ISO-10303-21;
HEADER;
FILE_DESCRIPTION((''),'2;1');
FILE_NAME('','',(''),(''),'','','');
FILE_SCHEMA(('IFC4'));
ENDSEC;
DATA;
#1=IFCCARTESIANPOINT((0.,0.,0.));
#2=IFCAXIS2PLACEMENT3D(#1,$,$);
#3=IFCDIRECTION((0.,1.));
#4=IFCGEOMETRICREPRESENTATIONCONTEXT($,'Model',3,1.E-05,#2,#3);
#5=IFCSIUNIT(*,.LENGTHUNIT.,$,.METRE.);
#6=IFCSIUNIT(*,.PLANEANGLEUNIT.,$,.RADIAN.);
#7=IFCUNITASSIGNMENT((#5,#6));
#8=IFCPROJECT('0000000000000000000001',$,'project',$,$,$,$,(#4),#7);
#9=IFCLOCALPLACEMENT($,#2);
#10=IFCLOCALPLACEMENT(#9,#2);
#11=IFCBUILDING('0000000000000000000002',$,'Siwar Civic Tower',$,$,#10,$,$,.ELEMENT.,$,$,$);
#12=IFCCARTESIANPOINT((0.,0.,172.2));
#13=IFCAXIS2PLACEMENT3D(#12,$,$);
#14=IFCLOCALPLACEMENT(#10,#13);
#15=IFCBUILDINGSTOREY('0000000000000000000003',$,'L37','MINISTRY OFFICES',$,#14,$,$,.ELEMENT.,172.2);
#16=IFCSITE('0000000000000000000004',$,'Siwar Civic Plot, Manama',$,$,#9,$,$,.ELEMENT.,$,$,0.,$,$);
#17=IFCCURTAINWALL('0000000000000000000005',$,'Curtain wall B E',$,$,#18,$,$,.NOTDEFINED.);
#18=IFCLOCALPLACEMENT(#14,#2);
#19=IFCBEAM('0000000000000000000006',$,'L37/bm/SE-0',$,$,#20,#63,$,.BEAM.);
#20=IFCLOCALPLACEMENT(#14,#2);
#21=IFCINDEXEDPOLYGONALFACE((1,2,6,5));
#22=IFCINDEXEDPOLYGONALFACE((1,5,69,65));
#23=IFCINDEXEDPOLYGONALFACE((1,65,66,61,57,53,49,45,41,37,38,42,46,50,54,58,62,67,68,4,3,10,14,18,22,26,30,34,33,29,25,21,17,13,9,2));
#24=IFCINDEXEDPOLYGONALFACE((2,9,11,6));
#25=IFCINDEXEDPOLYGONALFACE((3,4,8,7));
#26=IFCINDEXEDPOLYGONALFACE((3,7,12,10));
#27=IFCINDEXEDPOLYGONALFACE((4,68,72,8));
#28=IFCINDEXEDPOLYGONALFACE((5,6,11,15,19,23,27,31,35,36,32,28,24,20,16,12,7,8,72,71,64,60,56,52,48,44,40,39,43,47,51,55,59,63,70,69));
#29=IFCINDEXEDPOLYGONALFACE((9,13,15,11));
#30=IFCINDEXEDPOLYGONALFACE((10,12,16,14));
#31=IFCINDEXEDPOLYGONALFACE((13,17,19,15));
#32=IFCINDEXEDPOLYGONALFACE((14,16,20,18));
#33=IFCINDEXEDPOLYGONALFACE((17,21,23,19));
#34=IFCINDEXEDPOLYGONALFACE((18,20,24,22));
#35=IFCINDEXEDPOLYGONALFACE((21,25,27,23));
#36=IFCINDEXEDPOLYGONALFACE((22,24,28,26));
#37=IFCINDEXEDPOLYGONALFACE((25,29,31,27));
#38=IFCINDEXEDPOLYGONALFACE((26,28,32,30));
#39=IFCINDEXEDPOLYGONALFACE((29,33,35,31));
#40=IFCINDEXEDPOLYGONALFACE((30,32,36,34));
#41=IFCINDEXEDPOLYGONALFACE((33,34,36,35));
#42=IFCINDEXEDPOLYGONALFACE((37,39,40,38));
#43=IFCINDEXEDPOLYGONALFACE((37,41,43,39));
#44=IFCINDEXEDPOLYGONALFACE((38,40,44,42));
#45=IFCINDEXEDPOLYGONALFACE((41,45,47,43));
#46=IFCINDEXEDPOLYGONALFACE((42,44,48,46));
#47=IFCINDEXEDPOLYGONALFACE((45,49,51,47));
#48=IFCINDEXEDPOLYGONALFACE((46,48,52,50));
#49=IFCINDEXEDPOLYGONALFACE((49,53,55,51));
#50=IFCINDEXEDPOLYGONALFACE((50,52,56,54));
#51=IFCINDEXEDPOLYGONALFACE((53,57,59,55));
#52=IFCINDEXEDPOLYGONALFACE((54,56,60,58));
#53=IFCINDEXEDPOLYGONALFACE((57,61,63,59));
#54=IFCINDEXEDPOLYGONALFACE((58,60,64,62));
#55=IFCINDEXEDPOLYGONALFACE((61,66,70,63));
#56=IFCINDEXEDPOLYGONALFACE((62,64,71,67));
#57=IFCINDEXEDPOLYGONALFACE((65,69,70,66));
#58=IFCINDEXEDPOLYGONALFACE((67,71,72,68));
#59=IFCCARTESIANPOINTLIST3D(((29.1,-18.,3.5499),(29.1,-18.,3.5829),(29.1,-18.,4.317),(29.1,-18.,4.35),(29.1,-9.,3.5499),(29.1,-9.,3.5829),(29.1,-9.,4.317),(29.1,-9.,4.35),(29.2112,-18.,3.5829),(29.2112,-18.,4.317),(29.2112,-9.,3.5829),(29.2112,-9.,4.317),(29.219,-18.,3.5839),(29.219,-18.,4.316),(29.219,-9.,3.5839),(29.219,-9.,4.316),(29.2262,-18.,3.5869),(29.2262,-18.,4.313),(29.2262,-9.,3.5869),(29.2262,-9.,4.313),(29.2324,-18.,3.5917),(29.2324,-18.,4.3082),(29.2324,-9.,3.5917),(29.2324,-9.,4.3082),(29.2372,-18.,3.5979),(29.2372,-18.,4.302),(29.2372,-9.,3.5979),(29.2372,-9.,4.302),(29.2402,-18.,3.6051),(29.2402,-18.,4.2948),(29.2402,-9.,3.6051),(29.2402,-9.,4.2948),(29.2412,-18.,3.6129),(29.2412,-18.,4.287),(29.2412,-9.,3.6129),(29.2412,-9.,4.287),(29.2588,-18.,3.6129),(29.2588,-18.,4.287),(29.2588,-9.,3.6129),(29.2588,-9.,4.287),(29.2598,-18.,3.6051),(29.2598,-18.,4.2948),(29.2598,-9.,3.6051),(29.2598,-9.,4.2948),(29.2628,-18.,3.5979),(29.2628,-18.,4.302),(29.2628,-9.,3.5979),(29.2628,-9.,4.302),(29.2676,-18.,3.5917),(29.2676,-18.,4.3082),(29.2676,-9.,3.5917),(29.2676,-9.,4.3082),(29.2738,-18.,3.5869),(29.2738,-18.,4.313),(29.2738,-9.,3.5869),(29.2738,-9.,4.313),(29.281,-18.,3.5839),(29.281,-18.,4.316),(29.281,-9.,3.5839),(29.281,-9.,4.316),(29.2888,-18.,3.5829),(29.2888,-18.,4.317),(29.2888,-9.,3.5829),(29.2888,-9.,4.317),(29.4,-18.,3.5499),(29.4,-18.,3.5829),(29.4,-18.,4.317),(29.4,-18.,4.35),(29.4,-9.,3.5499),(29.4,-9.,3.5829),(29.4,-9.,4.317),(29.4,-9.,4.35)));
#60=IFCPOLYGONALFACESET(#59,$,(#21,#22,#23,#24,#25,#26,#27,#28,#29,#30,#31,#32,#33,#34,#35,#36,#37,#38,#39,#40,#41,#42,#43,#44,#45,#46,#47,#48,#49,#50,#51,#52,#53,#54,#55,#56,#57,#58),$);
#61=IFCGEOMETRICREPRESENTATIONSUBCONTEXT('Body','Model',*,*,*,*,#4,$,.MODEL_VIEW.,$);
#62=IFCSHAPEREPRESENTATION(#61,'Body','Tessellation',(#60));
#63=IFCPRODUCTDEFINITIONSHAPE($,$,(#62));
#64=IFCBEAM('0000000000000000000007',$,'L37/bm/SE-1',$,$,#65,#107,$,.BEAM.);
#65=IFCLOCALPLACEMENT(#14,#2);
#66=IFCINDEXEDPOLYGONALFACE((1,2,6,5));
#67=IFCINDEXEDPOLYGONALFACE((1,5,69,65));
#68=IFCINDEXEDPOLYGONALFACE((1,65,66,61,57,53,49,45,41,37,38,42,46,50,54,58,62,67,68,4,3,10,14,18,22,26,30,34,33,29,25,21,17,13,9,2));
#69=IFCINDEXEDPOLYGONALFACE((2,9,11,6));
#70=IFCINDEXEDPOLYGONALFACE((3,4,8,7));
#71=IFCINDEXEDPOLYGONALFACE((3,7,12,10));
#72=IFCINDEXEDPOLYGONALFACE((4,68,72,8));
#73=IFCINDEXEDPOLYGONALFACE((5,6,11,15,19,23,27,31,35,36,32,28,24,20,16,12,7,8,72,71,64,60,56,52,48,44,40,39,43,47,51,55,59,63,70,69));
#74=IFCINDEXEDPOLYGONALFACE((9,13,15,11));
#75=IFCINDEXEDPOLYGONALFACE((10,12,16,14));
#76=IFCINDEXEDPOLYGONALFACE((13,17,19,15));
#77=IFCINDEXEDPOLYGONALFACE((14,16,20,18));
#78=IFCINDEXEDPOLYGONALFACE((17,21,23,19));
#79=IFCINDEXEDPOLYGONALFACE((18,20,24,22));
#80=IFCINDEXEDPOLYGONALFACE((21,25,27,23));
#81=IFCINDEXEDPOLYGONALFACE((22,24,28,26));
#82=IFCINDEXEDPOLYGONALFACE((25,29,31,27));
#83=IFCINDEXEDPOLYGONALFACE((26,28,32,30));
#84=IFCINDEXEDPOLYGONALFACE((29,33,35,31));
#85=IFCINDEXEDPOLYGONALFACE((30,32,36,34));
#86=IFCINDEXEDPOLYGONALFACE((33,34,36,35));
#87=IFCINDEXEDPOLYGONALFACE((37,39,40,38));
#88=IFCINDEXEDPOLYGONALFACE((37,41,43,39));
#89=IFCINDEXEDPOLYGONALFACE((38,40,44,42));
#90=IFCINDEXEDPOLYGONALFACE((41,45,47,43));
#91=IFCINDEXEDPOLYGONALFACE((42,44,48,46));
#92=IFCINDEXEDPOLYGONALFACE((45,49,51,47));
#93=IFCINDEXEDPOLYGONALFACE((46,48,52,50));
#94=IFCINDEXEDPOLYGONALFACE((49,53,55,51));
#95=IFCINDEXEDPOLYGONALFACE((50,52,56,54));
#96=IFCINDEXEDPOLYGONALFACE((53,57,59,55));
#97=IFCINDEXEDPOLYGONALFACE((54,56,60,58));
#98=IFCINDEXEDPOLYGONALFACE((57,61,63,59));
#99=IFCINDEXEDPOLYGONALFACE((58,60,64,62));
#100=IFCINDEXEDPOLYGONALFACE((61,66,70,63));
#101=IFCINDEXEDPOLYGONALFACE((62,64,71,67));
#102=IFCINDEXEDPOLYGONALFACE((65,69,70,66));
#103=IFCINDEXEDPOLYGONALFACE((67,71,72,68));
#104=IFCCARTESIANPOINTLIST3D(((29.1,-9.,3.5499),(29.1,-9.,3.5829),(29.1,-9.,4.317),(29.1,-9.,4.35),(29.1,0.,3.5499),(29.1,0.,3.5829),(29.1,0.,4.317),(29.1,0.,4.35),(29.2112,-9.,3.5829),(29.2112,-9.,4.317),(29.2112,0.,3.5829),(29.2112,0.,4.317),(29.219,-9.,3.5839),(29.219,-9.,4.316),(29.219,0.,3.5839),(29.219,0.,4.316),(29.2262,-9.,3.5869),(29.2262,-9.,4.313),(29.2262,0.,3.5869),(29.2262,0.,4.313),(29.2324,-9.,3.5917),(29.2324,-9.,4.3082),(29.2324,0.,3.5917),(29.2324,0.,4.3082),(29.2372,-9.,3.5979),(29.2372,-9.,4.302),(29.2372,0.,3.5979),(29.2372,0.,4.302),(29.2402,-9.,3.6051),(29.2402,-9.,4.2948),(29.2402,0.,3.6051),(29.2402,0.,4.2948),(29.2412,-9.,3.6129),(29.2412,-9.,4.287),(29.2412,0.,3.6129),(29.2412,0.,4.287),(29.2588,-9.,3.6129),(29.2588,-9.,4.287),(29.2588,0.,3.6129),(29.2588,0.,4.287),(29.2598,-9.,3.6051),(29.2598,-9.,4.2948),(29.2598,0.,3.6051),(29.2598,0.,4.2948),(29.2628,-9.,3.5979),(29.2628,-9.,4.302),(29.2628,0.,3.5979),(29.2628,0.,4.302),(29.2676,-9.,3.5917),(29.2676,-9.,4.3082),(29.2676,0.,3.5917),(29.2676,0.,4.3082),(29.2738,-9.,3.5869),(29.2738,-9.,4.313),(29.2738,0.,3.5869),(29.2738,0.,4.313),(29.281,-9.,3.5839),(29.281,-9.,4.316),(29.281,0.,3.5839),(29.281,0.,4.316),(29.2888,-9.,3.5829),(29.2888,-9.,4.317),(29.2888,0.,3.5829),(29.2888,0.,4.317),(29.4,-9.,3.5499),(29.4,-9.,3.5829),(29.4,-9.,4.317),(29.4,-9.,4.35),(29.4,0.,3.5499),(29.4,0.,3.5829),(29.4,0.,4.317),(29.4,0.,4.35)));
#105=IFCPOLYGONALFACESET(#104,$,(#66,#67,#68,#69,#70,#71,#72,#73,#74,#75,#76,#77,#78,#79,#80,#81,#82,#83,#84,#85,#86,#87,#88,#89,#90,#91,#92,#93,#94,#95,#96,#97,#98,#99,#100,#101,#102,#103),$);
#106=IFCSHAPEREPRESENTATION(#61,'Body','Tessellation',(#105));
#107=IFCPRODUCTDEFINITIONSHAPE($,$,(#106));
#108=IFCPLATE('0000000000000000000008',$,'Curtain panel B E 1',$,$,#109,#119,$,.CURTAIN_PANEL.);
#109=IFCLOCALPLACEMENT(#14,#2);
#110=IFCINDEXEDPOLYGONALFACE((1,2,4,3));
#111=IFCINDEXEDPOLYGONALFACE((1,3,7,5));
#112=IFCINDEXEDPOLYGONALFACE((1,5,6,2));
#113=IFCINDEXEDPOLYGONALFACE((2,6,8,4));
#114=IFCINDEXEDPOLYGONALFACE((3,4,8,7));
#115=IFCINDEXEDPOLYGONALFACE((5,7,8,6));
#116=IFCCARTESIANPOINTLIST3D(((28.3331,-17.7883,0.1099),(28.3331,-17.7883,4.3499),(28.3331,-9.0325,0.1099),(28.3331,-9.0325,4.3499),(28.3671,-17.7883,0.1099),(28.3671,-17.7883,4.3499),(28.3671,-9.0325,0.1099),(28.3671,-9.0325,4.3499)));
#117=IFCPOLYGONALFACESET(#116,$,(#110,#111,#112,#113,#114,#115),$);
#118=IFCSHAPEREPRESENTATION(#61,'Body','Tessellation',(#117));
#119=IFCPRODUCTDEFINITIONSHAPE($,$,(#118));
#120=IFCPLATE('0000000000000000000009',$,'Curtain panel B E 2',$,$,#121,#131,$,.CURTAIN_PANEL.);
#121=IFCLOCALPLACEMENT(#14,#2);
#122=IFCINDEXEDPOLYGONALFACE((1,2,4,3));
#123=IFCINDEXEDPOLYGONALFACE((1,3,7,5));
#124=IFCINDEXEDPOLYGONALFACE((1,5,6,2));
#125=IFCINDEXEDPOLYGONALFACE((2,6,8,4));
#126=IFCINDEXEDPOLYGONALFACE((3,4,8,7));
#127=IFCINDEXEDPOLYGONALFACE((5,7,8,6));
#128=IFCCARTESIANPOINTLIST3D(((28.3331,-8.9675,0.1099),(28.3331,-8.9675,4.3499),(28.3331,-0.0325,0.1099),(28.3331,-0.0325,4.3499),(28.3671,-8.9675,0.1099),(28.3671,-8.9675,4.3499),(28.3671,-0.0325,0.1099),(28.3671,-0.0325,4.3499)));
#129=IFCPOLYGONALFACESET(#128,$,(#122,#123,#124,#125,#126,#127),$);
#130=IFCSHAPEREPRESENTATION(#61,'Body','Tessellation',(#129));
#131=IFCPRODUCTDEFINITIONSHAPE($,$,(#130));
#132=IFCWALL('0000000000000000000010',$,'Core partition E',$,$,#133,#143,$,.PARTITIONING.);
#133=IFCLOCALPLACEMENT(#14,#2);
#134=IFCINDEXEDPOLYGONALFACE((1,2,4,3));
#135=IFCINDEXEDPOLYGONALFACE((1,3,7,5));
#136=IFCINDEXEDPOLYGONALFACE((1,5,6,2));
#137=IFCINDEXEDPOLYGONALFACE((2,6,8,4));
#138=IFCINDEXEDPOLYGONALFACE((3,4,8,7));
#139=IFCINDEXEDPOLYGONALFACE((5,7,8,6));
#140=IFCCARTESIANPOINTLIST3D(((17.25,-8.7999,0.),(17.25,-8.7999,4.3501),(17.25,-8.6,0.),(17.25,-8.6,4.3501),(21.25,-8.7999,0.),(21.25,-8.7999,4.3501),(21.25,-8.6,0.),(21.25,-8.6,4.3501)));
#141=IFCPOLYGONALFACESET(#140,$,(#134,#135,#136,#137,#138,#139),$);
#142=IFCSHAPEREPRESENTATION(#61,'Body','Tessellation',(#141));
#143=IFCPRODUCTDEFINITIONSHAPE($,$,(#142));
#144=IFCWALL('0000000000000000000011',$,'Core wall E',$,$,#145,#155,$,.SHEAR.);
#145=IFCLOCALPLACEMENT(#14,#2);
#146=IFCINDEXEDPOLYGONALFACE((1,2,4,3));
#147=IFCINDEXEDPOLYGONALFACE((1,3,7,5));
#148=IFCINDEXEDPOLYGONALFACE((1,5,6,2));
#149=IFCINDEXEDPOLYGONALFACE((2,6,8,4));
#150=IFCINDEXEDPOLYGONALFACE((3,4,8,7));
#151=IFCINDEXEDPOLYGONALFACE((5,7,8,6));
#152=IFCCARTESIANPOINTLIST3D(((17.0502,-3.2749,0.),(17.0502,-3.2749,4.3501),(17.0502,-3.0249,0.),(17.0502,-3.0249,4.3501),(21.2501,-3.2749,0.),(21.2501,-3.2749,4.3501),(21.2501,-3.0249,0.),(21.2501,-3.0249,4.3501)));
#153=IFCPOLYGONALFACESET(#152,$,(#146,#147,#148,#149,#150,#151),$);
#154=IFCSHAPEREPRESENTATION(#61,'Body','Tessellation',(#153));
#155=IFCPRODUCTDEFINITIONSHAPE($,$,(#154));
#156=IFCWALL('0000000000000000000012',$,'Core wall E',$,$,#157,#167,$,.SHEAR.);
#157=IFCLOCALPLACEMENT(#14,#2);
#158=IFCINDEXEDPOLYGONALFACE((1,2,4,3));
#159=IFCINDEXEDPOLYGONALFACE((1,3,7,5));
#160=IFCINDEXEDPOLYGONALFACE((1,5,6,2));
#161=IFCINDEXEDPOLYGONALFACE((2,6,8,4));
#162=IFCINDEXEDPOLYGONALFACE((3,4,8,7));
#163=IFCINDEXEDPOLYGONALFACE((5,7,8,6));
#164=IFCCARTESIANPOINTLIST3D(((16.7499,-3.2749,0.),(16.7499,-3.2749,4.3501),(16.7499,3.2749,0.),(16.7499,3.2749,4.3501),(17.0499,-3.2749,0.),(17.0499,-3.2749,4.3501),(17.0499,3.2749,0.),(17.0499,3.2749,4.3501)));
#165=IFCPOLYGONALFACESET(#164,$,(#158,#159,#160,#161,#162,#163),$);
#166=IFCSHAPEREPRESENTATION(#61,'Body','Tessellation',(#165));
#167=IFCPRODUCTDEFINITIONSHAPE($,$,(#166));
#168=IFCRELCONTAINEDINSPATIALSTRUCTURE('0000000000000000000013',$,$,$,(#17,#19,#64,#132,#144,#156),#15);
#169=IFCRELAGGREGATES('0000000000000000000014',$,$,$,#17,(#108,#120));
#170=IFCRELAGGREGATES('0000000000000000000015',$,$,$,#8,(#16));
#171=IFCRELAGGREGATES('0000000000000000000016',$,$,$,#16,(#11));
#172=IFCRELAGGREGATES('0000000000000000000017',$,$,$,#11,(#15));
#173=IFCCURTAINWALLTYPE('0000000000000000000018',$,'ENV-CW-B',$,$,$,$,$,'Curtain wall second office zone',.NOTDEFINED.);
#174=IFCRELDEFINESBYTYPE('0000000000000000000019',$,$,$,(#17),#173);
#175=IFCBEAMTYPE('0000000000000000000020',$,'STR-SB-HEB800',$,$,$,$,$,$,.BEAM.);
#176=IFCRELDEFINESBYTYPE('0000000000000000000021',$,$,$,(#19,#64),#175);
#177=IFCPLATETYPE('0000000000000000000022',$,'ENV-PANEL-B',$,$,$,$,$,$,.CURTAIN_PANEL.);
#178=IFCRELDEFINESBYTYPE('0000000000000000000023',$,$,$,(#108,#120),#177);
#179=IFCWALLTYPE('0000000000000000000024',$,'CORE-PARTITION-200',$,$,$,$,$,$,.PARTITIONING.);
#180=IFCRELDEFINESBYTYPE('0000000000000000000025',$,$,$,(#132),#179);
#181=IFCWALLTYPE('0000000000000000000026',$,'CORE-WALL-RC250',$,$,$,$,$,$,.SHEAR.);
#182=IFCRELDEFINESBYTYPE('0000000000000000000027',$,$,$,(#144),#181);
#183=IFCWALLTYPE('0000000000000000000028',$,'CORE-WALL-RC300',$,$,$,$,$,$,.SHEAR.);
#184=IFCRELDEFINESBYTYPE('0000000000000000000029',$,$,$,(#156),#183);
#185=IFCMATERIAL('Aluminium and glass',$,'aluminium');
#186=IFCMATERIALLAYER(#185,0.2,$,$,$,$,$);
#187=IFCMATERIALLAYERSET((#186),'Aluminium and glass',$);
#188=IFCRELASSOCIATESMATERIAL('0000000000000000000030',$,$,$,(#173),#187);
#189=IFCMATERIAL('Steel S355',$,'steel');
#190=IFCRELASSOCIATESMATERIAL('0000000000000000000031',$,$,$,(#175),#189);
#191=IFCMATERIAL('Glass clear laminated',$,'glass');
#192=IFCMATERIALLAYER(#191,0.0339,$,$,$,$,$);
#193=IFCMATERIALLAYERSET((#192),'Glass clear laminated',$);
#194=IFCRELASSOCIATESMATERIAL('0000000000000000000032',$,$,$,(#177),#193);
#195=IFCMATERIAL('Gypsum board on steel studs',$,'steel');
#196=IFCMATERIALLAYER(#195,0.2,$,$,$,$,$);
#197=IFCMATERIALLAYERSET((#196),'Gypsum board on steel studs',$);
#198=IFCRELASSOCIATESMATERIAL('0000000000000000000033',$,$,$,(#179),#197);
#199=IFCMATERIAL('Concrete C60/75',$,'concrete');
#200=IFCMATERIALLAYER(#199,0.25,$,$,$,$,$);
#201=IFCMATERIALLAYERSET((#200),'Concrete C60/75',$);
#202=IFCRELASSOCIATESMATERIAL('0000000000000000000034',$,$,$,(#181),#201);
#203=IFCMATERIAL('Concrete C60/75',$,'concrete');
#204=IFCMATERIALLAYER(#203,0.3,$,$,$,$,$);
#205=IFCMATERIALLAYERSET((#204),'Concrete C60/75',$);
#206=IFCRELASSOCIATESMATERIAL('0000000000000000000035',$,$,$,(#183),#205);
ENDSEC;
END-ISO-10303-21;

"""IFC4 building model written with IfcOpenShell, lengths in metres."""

from ifc_helpers import new_model, si_unit, direction, frame, frame_2d, origin, origin_2d, place, context, subcontext, project, spatial, rectangle, i_section, extrude, material, layer, layer_set, material_profile, profile_set, type_object, element, aggregate, save


model = new_model("IFC4")

# Units and contexts
model_context = context("Model", 3, precision=1e-05, world=origin(), true_north=direction((0.0, 1.0)))
body_context = subcontext(model_context, "Body", "Model", "MODEL_VIEW")
ifc_project = project(units=[si_unit("LENGTHUNIT", "METRE"), si_unit("PLANEANGLEUNIT", "RADIAN")], contexts=[model_context])

# Site, building, storey
site_placement = place(None, origin())
site = spatial("IfcSite", under=ifc_project, at=site_placement, Name="Siwar Civic Plot, Manama", CompositionType="ELEMENT", RefElevation=0.0)
building_placement = place(site_placement, origin())
building = spatial("IfcBuilding", under=site, at=building_placement, Name="Siwar Civic Tower", CompositionType="ELEMENT")
storey_placement = place(building_placement, frame((0.0, 0.0, 172.2)))
storey = spatial("IfcBuildingStorey", under=building, at=storey_placement, Name="L37", Description="MINISTRY OFFICES", CompositionType="ELEMENT", Elevation=172.2)

# Curtain wall
ifc_material_1 = material(Name="Aluminium and glass", Category="aluminium")
ifc_layer_1 = layer(ifc_material_1, 0.2)
ifc_layer_set_1 = layer_set([ifc_layer_1], Name="Aluminium and glass")
curtain_wall_type = type_object("IfcCurtainWallType", Name="ENV-CW-B", ElementType="Curtain wall second office zone", PredefinedType="NOTDEFINED", material=ifc_layer_set_1)
curtain_wall_placement = place(storey_placement, origin())
curtain_wall = element("IfcCurtainWall", 1, at=curtain_wall_placement, inside=storey, type_object=curtain_wall_type, Name="Curtain wall B E", PredefinedType="NOTDEFINED")

# Beams
ifc_material_2 = material(Name="Steel S355", Category="steel")
ifc_material_profile_1 = material_profile(ifc_material_2, i_section(OverallWidth=0.3, OverallDepth=0.8, WebThickness=0.0176, FlangeThickness=0.033, FilletRadius=0.03, at=origin_2d()), Name="HEB800")
ifc_profile_set_1 = profile_set([ifc_material_profile_1], Name="Steel S355")
beam_type_1 = type_object("IfcBeamType", Name="STR-SB-HEB800", PredefinedType="BEAM", material=ifc_profile_set_1)
for number, where, z_axis, x_axis, name in (
    (2, (29.25, -18.0, 3.95), (0.0, 1.0, 0.0), (-1.0, 0.0, 0.0), "L37/bm/SE-0"),
    (3, (29.25, -9.0, 3.95), (0.0, 1.0, 0.0), (-1.0, 0.0, 0.0), "L37/bm/SE-1"),
):
    element("IfcBeam", number, at=place(storey_placement, frame(where, z_axis=z_axis, x_axis=x_axis)), inside=storey, type_object=beam_type_1, Name=name, PredefinedType="BEAM", context=body_context, shape_type="SweptSolid", body=[
        extrude(i_section(OverallWidth=0.3, OverallDepth=0.8, WebThickness=0.0176, FlangeThickness=0.033, FilletRadius=0.03, at=origin_2d()), origin(), (0.0, 0.0, 1.0), 9.0),
    ])

# Plates
ifc_material_3 = material(Name="Glass clear laminated", Category="glass")
ifc_layer_2 = layer(ifc_material_3, 0.0339)
ifc_layer_set_2 = layer_set([ifc_layer_2], Name="Glass clear laminated")
plate_type = type_object("IfcPlateType", Name="ENV-PANEL-B", PredefinedType="CURTAIN_PANEL", material=ifc_layer_set_2)
plate_1_placement = place(storey_placement, frame((28.3501, -13.4104, 0.1099), z_axis=(0.0, 0.0, 1.0), x_axis=(0.0, 1.0, 0.0)))
plate_1 = element("IfcPlate", 4, at=plate_1_placement, type_object=plate_type, Name="Curtain panel B E 1", PredefinedType="CURTAIN_PANEL", context=body_context, shape_type="SweptSolid", body=[
    extrude(rectangle(XDim=8.7559, YDim=0.0339, at=origin_2d()), origin(), (0.0, 0.0, 1.0), 4.24),
])
plate_2_placement = place(storey_placement, frame((28.3501, -4.5, 0.1099), z_axis=(0.0, 0.0, 1.0), x_axis=(0.0, 1.0, 0.0)))
plate_2 = element("IfcPlate", 5, at=plate_2_placement, type_object=plate_type, Name="Curtain panel B E 2", PredefinedType="CURTAIN_PANEL", context=body_context, shape_type="SweptSolid", body=[
    extrude(rectangle(XDim=8.9351, YDim=0.0339, at=origin_2d()), origin(), (0.0, 0.0, 1.0), 4.24),
])
aggregate(curtain_wall, [plate_1, plate_2])

# Walls
ifc_material_4 = material(Name="Gypsum board on steel studs", Category="steel")
ifc_layer_3 = layer(ifc_material_4, 0.2)
ifc_layer_set_3 = layer_set([ifc_layer_3], Name="Gypsum board on steel studs")
wall_type_1 = type_object("IfcWallType", Name="CORE-PARTITION-200", PredefinedType="PARTITIONING", material=ifc_layer_set_3)
wall_1_placement = place(storey_placement, frame((17.25, -8.7, 0.0), z_axis=(0.0, 0.0, 1.0), x_axis=(1.0, 0.0, 0.0)))
element("IfcWall", 6, at=wall_1_placement, inside=storey, type_object=wall_type_1, Name="Core partition E", PredefinedType="PARTITIONING", context=body_context, shape_type="SweptSolid", body=[
    extrude(rectangle(XDim=4.0, YDim=0.2, at=frame_2d((2.0, 0.0))), origin(), (0.0, 0.0, 1.0), 4.3501),
])
ifc_material_5 = material(Name="Concrete C60/75", Category="concrete")
ifc_layer_4 = layer(ifc_material_5, 0.25)
ifc_layer_set_4 = layer_set([ifc_layer_4], Name="Concrete C60/75")
wall_type_2 = type_object("IfcWallType", Name="CORE-WALL-RC250", PredefinedType="SHEAR", material=ifc_layer_set_4)
wall_2_placement = place(storey_placement, frame((17.05, -3.1499, 0.0), z_axis=(0.0, 0.0, 1.0), x_axis=(1.0, 0.0, 0.0)))
element("IfcWall", 7, at=wall_2_placement, inside=storey, type_object=wall_type_2, Name="Core wall E", PredefinedType="SHEAR", context=body_context, shape_type="SweptSolid", body=[
    extrude(rectangle(XDim=4.2, YDim=0.25, at=frame_2d((2.1001, 0.0))), origin(), (0.0, 0.0, 1.0), 4.3501),
])
ifc_material_6 = material(Name="Concrete C60/75", Category="concrete")
ifc_layer_5 = layer(ifc_material_6, 0.3)
ifc_layer_set_5 = layer_set([ifc_layer_5], Name="Concrete C60/75")
wall_type_3 = type_object("IfcWallType", Name="CORE-WALL-RC300", PredefinedType="SHEAR", material=ifc_layer_set_5)
wall_3_placement = place(storey_placement, frame((16.8999, -3.2749, 0.0), z_axis=(0.0, 0.0, 1.0), x_axis=(0.0, 1.0, 0.0)))
element("IfcWall", 8, at=wall_3_placement, inside=storey, type_object=wall_type_3, Name="Core wall E", PredefinedType="SHEAR", context=body_context, shape_type="SweptSolid", body=[
    extrude(rectangle(XDim=6.5498, YDim=0.3, at=frame_2d((3.2749, 0.0))), origin(), (0.0, 0.0, 1.0), 4.3501),
])

save(model, "model.ifc")
